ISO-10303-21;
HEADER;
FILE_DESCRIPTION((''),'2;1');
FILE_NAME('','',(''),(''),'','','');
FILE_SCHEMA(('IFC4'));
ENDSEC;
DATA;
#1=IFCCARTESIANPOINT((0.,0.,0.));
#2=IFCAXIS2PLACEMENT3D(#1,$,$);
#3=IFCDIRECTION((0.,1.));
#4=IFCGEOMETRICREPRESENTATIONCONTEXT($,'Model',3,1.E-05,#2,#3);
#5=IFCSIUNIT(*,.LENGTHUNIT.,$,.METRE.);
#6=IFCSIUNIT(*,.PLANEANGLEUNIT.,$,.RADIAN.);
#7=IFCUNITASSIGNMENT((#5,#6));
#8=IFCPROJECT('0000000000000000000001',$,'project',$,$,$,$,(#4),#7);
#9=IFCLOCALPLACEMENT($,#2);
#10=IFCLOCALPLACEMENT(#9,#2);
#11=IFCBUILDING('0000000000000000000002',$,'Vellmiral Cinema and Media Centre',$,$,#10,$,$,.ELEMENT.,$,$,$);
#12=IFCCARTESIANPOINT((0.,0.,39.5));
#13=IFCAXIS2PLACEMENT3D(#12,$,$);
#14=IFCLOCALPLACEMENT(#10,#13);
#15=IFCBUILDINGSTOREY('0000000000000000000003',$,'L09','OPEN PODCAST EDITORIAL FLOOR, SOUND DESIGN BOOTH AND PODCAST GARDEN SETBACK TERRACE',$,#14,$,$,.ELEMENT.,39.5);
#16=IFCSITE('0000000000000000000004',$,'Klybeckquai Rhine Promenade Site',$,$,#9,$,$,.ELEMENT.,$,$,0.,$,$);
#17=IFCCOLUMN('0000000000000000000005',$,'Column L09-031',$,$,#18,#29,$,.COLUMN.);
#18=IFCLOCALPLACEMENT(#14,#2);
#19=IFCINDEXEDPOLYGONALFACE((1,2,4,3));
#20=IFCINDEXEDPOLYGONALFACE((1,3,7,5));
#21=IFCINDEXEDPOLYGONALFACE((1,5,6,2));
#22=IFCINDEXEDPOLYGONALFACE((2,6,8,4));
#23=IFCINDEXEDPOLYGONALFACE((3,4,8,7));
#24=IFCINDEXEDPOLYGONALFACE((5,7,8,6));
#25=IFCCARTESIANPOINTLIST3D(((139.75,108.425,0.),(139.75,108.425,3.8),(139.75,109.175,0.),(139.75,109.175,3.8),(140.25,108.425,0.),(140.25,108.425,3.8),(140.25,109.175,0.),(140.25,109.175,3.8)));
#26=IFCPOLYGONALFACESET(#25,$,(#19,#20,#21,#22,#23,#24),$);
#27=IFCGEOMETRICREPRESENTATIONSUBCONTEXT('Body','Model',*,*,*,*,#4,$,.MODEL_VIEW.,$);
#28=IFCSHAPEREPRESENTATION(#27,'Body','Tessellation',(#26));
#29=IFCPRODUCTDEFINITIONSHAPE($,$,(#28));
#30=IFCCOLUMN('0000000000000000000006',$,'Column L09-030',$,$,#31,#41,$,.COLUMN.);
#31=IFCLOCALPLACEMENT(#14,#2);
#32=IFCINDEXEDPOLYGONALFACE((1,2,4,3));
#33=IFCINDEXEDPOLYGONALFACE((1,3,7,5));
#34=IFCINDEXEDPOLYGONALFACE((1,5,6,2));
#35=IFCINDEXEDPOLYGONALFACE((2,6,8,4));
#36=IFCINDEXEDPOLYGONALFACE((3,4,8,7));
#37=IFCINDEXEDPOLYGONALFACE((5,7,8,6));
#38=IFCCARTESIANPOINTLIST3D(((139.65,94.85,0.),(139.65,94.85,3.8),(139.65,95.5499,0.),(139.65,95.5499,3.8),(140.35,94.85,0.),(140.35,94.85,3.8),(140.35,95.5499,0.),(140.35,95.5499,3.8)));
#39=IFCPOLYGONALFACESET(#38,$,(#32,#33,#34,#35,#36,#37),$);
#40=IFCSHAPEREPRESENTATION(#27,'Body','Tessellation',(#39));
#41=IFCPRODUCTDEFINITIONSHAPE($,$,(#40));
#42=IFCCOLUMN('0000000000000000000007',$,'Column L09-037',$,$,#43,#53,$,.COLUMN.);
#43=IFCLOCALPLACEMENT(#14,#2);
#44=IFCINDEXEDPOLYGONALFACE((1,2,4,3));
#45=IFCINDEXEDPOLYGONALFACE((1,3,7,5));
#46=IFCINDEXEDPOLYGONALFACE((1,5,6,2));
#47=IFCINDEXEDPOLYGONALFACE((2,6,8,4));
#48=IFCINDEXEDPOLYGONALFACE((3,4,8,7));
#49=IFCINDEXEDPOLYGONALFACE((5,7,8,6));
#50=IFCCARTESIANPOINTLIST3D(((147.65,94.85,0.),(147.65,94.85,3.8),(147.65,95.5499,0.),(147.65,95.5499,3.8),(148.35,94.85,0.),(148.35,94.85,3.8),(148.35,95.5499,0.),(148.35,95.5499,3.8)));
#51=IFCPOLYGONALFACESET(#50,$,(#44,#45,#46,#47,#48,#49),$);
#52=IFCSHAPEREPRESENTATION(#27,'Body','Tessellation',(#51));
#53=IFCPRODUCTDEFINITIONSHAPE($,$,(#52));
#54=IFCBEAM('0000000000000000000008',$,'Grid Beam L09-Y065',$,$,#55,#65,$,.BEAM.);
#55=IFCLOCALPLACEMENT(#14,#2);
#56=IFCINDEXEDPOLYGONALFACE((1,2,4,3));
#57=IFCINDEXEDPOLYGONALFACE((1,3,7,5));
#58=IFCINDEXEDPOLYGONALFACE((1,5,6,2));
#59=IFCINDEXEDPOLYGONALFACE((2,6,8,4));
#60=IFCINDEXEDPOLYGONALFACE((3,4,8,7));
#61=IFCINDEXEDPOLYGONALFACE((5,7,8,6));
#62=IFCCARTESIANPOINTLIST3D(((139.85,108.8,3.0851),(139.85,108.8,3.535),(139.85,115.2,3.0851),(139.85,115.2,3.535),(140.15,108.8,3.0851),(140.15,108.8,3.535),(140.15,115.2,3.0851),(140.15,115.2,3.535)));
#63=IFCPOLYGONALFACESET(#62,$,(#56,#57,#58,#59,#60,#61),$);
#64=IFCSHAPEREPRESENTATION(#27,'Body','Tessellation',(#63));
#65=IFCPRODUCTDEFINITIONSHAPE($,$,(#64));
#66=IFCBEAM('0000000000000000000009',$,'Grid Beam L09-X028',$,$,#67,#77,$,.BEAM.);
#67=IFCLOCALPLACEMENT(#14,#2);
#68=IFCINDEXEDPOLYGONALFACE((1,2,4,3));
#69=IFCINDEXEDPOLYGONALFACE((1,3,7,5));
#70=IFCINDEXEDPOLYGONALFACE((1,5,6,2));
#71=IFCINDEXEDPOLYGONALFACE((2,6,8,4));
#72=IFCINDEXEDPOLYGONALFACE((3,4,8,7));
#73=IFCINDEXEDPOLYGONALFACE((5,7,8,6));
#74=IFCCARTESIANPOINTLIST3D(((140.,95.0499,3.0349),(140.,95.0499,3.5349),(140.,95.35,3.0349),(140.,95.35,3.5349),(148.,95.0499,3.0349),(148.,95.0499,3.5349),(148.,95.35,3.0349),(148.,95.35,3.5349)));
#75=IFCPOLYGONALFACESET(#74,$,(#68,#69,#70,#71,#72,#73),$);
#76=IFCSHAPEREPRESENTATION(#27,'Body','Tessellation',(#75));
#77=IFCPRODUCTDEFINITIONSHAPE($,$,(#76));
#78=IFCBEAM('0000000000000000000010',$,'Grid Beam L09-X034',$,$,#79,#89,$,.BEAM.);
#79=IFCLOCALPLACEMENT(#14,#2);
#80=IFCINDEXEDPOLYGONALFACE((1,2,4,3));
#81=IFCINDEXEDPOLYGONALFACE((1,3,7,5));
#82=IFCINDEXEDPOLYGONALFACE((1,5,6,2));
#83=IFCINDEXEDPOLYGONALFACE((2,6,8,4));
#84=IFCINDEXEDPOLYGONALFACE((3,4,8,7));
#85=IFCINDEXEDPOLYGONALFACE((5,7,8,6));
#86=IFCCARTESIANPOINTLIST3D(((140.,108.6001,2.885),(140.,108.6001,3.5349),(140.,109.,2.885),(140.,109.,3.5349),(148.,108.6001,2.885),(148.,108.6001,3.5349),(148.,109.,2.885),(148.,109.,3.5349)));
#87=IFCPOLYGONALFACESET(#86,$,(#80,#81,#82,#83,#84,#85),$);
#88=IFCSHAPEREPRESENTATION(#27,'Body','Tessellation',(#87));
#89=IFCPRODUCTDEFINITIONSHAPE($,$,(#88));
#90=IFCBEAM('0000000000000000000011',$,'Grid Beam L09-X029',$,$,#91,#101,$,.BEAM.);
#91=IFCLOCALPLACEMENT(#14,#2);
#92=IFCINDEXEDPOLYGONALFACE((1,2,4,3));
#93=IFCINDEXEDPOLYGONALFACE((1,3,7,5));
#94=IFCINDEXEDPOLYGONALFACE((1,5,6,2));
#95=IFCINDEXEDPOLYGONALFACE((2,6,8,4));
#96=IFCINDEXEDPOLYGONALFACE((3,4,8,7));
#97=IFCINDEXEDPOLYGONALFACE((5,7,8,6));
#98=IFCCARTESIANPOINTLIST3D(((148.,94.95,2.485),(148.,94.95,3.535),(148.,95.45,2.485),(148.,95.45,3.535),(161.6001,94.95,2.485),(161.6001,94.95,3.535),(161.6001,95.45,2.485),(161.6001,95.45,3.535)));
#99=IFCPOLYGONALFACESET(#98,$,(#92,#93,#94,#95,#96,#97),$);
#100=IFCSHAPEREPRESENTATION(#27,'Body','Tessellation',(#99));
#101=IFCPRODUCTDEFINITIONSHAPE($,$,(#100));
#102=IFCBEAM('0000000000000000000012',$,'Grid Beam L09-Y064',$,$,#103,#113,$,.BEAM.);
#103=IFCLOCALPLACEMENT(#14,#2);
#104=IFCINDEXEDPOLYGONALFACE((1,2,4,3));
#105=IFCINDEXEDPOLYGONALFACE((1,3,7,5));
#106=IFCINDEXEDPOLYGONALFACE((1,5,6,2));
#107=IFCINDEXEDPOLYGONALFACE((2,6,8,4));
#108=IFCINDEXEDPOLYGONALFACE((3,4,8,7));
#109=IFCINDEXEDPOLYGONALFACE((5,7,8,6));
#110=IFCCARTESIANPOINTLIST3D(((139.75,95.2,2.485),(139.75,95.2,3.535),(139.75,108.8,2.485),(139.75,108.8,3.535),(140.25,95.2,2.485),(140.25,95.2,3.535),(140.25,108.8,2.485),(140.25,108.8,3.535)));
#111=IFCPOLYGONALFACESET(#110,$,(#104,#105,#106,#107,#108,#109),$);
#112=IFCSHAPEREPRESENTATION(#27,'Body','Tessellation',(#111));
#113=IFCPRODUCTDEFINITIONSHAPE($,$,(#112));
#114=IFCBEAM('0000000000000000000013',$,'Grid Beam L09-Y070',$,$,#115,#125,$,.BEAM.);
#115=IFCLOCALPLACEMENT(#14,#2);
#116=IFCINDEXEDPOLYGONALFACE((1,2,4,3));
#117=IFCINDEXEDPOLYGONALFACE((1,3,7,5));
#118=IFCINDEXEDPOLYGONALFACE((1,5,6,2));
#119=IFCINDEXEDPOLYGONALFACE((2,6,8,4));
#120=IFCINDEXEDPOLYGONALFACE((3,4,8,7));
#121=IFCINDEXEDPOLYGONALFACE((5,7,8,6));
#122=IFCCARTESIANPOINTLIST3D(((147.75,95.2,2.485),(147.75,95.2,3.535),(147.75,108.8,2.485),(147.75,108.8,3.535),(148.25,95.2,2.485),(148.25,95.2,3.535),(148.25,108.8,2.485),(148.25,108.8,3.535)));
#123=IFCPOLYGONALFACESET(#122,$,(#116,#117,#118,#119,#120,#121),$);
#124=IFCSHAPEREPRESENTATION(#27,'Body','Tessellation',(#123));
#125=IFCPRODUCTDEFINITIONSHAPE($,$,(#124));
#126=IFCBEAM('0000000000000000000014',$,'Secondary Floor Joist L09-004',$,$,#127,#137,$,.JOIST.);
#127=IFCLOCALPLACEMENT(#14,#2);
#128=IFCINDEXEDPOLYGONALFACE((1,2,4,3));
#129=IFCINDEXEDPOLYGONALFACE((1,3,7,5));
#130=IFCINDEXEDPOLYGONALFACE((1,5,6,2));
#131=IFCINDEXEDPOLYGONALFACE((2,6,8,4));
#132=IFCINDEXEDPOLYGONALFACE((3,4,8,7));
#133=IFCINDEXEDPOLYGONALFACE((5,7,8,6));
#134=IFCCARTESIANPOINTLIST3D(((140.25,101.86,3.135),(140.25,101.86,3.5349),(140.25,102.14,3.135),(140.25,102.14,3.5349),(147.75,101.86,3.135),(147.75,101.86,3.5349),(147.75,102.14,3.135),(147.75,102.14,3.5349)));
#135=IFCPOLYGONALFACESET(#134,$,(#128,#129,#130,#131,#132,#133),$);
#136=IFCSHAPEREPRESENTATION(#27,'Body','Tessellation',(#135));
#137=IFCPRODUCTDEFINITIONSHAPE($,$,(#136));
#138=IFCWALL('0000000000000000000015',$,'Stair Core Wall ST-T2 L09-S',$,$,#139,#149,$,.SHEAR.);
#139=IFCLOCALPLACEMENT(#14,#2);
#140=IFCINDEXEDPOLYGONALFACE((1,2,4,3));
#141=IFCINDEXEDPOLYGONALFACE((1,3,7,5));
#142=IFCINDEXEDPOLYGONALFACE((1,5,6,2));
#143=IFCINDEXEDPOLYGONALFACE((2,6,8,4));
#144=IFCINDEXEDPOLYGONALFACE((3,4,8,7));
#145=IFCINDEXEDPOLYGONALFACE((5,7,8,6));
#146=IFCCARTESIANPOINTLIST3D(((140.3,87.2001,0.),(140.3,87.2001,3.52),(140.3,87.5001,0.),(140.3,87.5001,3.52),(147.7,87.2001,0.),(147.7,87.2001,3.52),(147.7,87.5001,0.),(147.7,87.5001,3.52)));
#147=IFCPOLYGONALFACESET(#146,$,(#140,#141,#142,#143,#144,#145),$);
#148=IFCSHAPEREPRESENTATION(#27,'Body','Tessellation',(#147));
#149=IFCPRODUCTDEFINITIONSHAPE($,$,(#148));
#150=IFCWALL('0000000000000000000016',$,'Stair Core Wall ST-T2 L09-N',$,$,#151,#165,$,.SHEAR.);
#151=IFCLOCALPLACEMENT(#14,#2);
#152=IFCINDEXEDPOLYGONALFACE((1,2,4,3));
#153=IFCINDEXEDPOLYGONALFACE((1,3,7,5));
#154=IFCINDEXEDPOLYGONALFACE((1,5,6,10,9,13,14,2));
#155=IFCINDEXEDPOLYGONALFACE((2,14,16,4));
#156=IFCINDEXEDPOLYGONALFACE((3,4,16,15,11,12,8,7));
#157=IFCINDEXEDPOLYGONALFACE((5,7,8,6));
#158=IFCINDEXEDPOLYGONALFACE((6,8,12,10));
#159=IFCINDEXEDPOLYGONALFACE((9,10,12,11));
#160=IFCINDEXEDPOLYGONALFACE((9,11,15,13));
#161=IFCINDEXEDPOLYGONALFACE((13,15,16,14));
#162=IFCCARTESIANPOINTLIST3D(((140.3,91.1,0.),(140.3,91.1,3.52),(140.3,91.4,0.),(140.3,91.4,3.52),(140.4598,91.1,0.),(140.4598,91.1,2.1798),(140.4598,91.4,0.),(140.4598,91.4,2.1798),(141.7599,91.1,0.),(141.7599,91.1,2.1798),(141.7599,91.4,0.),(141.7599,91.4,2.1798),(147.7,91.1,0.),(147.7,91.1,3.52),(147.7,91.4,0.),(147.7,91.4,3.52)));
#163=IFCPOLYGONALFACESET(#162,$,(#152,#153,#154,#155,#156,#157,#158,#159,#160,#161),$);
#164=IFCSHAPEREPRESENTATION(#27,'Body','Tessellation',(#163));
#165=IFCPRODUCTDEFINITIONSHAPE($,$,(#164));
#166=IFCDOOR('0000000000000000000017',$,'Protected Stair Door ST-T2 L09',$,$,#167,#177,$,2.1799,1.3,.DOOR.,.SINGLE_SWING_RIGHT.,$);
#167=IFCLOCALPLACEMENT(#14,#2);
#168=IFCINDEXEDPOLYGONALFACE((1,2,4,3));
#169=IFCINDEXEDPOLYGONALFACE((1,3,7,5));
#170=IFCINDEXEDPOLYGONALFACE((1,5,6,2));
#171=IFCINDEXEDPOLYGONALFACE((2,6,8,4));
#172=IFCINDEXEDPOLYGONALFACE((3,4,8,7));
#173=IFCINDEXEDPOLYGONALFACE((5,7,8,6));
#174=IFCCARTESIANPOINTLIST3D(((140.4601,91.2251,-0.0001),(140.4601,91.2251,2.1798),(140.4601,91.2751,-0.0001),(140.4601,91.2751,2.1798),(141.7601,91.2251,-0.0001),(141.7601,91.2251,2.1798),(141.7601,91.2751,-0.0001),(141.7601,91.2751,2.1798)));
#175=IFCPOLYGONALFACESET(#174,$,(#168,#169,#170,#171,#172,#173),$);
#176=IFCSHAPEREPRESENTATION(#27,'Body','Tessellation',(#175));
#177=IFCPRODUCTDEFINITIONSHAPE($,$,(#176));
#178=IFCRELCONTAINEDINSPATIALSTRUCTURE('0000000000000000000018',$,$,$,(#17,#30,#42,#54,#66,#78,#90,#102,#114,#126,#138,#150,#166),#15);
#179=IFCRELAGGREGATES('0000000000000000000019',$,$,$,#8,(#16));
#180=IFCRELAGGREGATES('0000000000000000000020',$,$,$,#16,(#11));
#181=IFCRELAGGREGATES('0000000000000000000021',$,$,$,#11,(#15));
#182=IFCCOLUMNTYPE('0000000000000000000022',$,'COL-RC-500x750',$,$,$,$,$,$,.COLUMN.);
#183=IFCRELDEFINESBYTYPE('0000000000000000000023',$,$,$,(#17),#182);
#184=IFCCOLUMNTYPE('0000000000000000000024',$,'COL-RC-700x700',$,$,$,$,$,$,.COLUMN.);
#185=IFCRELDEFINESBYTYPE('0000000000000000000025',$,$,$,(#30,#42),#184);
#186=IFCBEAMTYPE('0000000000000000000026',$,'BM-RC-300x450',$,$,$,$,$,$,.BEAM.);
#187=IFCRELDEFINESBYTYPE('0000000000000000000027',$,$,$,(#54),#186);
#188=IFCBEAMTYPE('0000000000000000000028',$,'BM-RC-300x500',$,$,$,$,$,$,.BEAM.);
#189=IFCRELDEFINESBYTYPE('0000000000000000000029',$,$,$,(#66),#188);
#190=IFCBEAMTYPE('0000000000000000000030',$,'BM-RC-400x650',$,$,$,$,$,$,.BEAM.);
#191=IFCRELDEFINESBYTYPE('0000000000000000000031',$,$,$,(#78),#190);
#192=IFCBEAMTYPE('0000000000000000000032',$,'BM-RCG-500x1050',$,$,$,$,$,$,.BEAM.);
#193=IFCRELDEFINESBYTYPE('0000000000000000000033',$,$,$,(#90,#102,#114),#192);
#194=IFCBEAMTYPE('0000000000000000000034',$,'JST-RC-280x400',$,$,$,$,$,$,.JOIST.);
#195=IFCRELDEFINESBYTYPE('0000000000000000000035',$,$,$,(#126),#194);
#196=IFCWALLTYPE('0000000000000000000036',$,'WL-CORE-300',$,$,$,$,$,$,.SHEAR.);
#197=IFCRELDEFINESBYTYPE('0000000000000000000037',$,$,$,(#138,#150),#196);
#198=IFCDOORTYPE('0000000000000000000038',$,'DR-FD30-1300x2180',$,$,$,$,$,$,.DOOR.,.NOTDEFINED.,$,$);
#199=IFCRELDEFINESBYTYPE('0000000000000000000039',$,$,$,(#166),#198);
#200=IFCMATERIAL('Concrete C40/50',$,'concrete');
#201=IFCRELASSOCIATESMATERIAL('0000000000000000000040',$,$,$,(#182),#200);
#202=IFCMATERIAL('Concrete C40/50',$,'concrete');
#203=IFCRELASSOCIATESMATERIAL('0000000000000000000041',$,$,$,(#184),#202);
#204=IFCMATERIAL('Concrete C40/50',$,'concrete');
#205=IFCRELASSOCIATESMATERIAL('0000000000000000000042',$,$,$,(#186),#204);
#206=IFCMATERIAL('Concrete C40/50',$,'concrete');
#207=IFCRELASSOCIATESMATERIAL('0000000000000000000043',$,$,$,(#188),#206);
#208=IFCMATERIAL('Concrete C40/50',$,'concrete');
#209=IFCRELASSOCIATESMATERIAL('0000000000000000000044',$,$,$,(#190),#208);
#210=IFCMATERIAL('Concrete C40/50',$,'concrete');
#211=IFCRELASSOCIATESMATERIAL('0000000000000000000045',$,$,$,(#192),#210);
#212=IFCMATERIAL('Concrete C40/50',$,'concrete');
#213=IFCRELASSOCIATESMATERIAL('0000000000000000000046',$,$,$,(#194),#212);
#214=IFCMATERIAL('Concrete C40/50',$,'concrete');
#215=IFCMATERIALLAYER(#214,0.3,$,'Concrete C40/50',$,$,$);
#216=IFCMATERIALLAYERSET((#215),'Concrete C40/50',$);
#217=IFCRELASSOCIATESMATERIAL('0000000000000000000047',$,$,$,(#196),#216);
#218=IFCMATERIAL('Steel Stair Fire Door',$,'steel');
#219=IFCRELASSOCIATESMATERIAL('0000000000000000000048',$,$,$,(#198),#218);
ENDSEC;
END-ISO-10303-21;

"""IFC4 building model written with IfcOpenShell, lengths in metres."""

from ifc_helpers import new_model, si_unit, direction, frame, frame_2d, origin, origin_2d, place, context, subcontext, project, spatial, rectangle, extrude, material, layer, layer_set, material_profile, profile_set, type_object, element, fill, save


model = new_model("IFC4")

# Units and contexts
model_context = context("Model", 3, precision=1e-05, world=origin(), true_north=direction((0.0, 1.0)))
body_context = subcontext(model_context, "Body", "Model", "MODEL_VIEW")
ifc_project = project(units=[si_unit("LENGTHUNIT", "METRE"), si_unit("PLANEANGLEUNIT", "RADIAN")], contexts=[model_context])

# Site, building, storey
site_placement = place(None, origin())
site = spatial("IfcSite", under=ifc_project, at=site_placement, Name="Klybeckquai Rhine Promenade Site", CompositionType="ELEMENT", RefElevation=0.0)
building_placement = place(site_placement, origin())
building = spatial("IfcBuilding", under=site, at=building_placement, Name="Vellmiral Cinema and Media Centre", CompositionType="ELEMENT")
storey_placement = place(building_placement, frame((0.0, 0.0, 39.5)))
storey = spatial("IfcBuildingStorey", under=building, at=storey_placement, Name="L09", Description="OPEN PODCAST EDITORIAL FLOOR, SOUND DESIGN BOOTH AND PODCAST GARDEN SETBACK TERRACE", CompositionType="ELEMENT", Elevation=39.5)

# Columns
ifc_material_1 = material(Name="Concrete C40/50", Category="concrete")
ifc_material_profile_1 = material_profile(ifc_material_1, rectangle(XDim=0.5, YDim=0.75, at=origin_2d()), Name="RC 500x750")
ifc_profile_set_1 = profile_set([ifc_material_profile_1], Name="Concrete C40/50")
column_type_1 = type_object("IfcColumnType", Name="COL-RC-500x750", PredefinedType="COLUMN", material=ifc_profile_set_1)
column_placement = place(storey_placement, frame((140.0, 108.8, 0.0), z_axis=(0.0, 0.0, 1.0), x_axis=(1.0, 0.0, 0.0)))
element("IfcColumn", 1, at=column_placement, inside=storey, type_object=column_type_1, Name="Column L09-031", PredefinedType="COLUMN", context=body_context, shape_type="SweptSolid", body=[
    extrude(rectangle(XDim=0.5, YDim=0.75, at=origin_2d()), origin(), (0.0, 0.0, 1.0), 3.8),
])
ifc_material_2 = material(Name="Concrete C40/50", Category="concrete")
ifc_material_profile_2 = material_profile(ifc_material_2, rectangle(XDim=0.7, YDim=0.7, at=origin_2d()), Name="RC 700x700")
ifc_profile_set_2 = profile_set([ifc_material_profile_2], Name="Concrete C40/50")
column_type_2 = type_object("IfcColumnType", Name="COL-RC-700x700", PredefinedType="COLUMN", material=ifc_profile_set_2)
for number, where, z_axis, x_axis, name in (
    (2, (140.0, 95.2, 0.0), (0.0, 0.0, 1.0), (1.0, 0.0, 0.0), "Column L09-030"),
    (3, (148.0, 95.2, 0.0), (0.0, 0.0, 1.0), (1.0, 0.0, 0.0), "Column L09-037"),
):
    element("IfcColumn", number, at=place(storey_placement, frame(where, z_axis=z_axis, x_axis=x_axis)), inside=storey, type_object=column_type_2, Name=name, PredefinedType="COLUMN", context=body_context, shape_type="SweptSolid", body=[
        extrude(rectangle(XDim=0.7, YDim=0.7, at=origin_2d()), origin(), (0.0, 0.0, 1.0), 3.8),
    ])

# Beams
ifc_material_3 = material(Name="Concrete C40/50", Category="concrete")
ifc_material_profile_3 = material_profile(ifc_material_3, rectangle(XDim=0.3, YDim=0.45, at=origin_2d()), Name="RC 300x450")
ifc_profile_set_3 = profile_set([ifc_material_profile_3], Name="Concrete C40/50")
beam_type_1 = type_object("IfcBeamType", Name="BM-RC-300x450", PredefinedType="BEAM", material=ifc_profile_set_3)
beam_1_placement = place(storey_placement, frame((140.0, 108.8, 3.3101), z_axis=(0.0, 1.0, 0.0), x_axis=(-1.0, 0.0, 0.0)))
element("IfcBeam", 4, at=beam_1_placement, inside=storey, type_object=beam_type_1, Name="Grid Beam L09-Y065", PredefinedType="BEAM", context=body_context, shape_type="SweptSolid", body=[
    extrude(rectangle(XDim=0.3, YDim=0.45, at=origin_2d()), origin(), (0.0, 0.0, 1.0), 6.3999),
])
ifc_material_4 = material(Name="Concrete C40/50", Category="concrete")
ifc_material_profile_4 = material_profile(ifc_material_4, rectangle(XDim=0.3, YDim=0.5, at=origin_2d()), Name="RC 300x500")
ifc_profile_set_4 = profile_set([ifc_material_profile_4], Name="Concrete C40/50")
beam_type_2 = type_object("IfcBeamType", Name="BM-RC-300x500", PredefinedType="BEAM", material=ifc_profile_set_4)
beam_2_placement = place(storey_placement, frame((140.0, 95.2, 3.2849), z_axis=(1.0, 0.0, 0.0), x_axis=(0.0, 1.0, 0.0)))
element("IfcBeam", 5, at=beam_2_placement, inside=storey, type_object=beam_type_2, Name="Grid Beam L09-X028", PredefinedType="BEAM", context=body_context, shape_type="SweptSolid", body=[
    extrude(rectangle(XDim=0.3, YDim=0.5, at=origin_2d()), origin(), (0.0, 0.0, 1.0), 8.0),
])
ifc_material_5 = material(Name="Concrete C40/50", Category="concrete")
ifc_material_profile_5 = material_profile(ifc_material_5, rectangle(XDim=0.3999, YDim=0.6499, at=origin_2d()), Name="RC 400x650")
ifc_profile_set_5 = profile_set([ifc_material_profile_5], Name="Concrete C40/50")
beam_type_3 = type_object("IfcBeamType", Name="BM-RC-400x650", PredefinedType="BEAM", material=ifc_profile_set_5)
beam_3_placement = place(storey_placement, frame((140.0, 108.8, 3.21), z_axis=(1.0, 0.0, 0.0), x_axis=(0.0, 1.0, 0.0)))
element("IfcBeam", 6, at=beam_3_placement, inside=storey, type_object=beam_type_3, Name="Grid Beam L09-X034", PredefinedType="BEAM", context=body_context, shape_type="SweptSolid", body=[
    extrude(rectangle(XDim=0.3999, YDim=0.6499, at=origin_2d()), origin(), (0.0, 0.0, 1.0), 8.0),
])
ifc_material_6 = material(Name="Concrete C40/50", Category="concrete")
ifc_material_profile_6 = material_profile(ifc_material_6, rectangle(XDim=0.5, YDim=1.05, at=origin_2d()), Name="RC 500x1050")
ifc_profile_set_6 = profile_set([ifc_material_profile_6], Name="Concrete C40/50")
beam_type_4 = type_object("IfcBeamType", Name="BM-RCG-500x1050", PredefinedType="BEAM", material=ifc_profile_set_6)
for number, where, z_axis, x_axis, name in (
    (7, (148.0, 95.2, 3.01), (1.0, 0.0, 0.0), (0.0, 1.0, 0.0), "Grid Beam L09-X029"),
    (8, (140.0, 95.2, 3.01), (0.0, 1.0, 0.0), (-1.0, 0.0, 0.0), "Grid Beam L09-Y064"),
    (9, (148.0, 95.2, 3.01), (0.0, 1.0, 0.0), (-1.0, 0.0, 0.0), "Grid Beam L09-Y070"),
):
    element("IfcBeam", number, at=place(storey_placement, frame(where, z_axis=z_axis, x_axis=x_axis)), inside=storey, type_object=beam_type_4, Name=name, PredefinedType="BEAM", context=body_context, shape_type="SweptSolid", body=[
        extrude(rectangle(XDim=0.5, YDim=1.05, at=origin_2d()), origin(), (0.0, 0.0, 1.0), 13.6001),
    ])
ifc_material_7 = material(Name="Concrete C40/50", Category="concrete")
ifc_material_profile_7 = material_profile(ifc_material_7, rectangle(XDim=0.28, YDim=0.3999, at=origin_2d()), Name="RC 280x400")
ifc_profile_set_7 = profile_set([ifc_material_profile_7], Name="Concrete C40/50")
beam_type_5 = type_object("IfcBeamType", Name="JST-RC-280x400", PredefinedType="JOIST", material=ifc_profile_set_7)
beam_4_placement = place(storey_placement, frame((140.25, 102.0, 3.335), z_axis=(1.0, 0.0, 0.0), x_axis=(0.0, 1.0, 0.0)))
element("IfcBeam", 10, at=beam_4_placement, inside=storey, type_object=beam_type_5, Name="Secondary Floor Joist L09-004", PredefinedType="JOIST", context=body_context, shape_type="SweptSolid", body=[
    extrude(rectangle(XDim=0.28, YDim=0.3999, at=origin_2d()), origin(), (0.0, 0.0, 1.0), 7.5),
])

# Wall
ifc_material_8 = material(Name="Concrete C40/50", Category="concrete")
ifc_layer_1 = layer(ifc_material_8, 0.3, Name="Concrete C40/50")
ifc_layer_set_1 = layer_set([ifc_layer_1], Name="Concrete C40/50")
wall_type_1 = type_object("IfcWallType", Name="WL-CORE-300", PredefinedType="SHEAR", material=ifc_layer_set_1)
wall_1_placement = place(storey_placement, frame((140.3, 87.3501, 0.0), z_axis=(0.0, 0.0, 1.0), x_axis=(1.0, 0.0, 0.0)))
element("IfcWall", 11, at=wall_1_placement, inside=storey, type_object=wall_type_1, Name="Stair Core Wall ST-T2 L09-S", PredefinedType="SHEAR", context=body_context, shape_type="SweptSolid", body=[
    extrude(rectangle(XDim=7.3999, YDim=0.3, at=frame_2d((3.7, 0.0))), origin(), (0.0, 0.0, 1.0), 3.52),
])

# Wall, opening, door
wall_2_placement = place(storey_placement, frame((140.3, 91.25, 0.0), z_axis=(0.0, 0.0, 1.0), x_axis=(1.0, 0.0, 0.0)))
wall_2 = element("IfcWall", 12, at=wall_2_placement, inside=storey, type_object=wall_type_1, Name="Stair Core Wall ST-T2 L09-N", PredefinedType="SHEAR", context=body_context, shape_type="SweptSolid", body=[
    extrude(rectangle(XDim=7.3999, YDim=0.3, at=frame_2d((3.7, 0.0))), origin(), (0.0, 0.0, 1.0), 3.52),
])
opening_1_placement = place(wall_2_placement, frame((0.1599, 0.0, 0.0)))
opening_1 = element("IfcOpeningElement", 13, at=opening_1_placement, cuts=wall_2, PredefinedType="OPENING", context=body_context, shape_type="SweptSolid", body=[
    extrude(rectangle(XDim=1.3, YDim=2.1799, at=frame_2d((0.6499, 1.0898))), frame((0.0, 0.1621, 0.0), z_axis=(0.0, -1.0, 0.0), x_axis=(1.0, 0.0, 0.0)), (0.0, 0.0, 1.0), 0.324),
])
ifc_material_9 = material(Name="Steel Stair Fire Door", Category="steel")
door_type_1 = type_object("IfcDoorType", Name="DR-FD30-1300x2180", OperationType="NOTDEFINED", PredefinedType="DOOR", material=ifc_material_9)
door_1_placement = place(opening_1_placement, frame((1.3, 0.0, 0.0), z_axis=(0.0, 0.0, 1.0), x_axis=(-1.0, 0.0, 0.0)))
door_1 = element("IfcDoor", 14, at=door_1_placement, inside=storey, type_object=door_type_1, Name="Protected Stair Door ST-T2 L09", OperationType="SINGLE_SWING_RIGHT", OverallHeight=2.1799, OverallWidth=1.3, PredefinedType="DOOR", context=body_context, shape_type="SweptSolid", body=[
    extrude(rectangle(XDim=1.3, YDim=2.1799, at=frame_2d((0.6499, 1.0898))), frame((0.0, 0.0249, 0.0), z_axis=(0.0, -1.0, 0.0), x_axis=(1.0, 0.0, 0.0)), (0.0, 0.0, 1.0), 0.05),
])
fill(opening_1, door_1)

save(model, "model.ifc")
